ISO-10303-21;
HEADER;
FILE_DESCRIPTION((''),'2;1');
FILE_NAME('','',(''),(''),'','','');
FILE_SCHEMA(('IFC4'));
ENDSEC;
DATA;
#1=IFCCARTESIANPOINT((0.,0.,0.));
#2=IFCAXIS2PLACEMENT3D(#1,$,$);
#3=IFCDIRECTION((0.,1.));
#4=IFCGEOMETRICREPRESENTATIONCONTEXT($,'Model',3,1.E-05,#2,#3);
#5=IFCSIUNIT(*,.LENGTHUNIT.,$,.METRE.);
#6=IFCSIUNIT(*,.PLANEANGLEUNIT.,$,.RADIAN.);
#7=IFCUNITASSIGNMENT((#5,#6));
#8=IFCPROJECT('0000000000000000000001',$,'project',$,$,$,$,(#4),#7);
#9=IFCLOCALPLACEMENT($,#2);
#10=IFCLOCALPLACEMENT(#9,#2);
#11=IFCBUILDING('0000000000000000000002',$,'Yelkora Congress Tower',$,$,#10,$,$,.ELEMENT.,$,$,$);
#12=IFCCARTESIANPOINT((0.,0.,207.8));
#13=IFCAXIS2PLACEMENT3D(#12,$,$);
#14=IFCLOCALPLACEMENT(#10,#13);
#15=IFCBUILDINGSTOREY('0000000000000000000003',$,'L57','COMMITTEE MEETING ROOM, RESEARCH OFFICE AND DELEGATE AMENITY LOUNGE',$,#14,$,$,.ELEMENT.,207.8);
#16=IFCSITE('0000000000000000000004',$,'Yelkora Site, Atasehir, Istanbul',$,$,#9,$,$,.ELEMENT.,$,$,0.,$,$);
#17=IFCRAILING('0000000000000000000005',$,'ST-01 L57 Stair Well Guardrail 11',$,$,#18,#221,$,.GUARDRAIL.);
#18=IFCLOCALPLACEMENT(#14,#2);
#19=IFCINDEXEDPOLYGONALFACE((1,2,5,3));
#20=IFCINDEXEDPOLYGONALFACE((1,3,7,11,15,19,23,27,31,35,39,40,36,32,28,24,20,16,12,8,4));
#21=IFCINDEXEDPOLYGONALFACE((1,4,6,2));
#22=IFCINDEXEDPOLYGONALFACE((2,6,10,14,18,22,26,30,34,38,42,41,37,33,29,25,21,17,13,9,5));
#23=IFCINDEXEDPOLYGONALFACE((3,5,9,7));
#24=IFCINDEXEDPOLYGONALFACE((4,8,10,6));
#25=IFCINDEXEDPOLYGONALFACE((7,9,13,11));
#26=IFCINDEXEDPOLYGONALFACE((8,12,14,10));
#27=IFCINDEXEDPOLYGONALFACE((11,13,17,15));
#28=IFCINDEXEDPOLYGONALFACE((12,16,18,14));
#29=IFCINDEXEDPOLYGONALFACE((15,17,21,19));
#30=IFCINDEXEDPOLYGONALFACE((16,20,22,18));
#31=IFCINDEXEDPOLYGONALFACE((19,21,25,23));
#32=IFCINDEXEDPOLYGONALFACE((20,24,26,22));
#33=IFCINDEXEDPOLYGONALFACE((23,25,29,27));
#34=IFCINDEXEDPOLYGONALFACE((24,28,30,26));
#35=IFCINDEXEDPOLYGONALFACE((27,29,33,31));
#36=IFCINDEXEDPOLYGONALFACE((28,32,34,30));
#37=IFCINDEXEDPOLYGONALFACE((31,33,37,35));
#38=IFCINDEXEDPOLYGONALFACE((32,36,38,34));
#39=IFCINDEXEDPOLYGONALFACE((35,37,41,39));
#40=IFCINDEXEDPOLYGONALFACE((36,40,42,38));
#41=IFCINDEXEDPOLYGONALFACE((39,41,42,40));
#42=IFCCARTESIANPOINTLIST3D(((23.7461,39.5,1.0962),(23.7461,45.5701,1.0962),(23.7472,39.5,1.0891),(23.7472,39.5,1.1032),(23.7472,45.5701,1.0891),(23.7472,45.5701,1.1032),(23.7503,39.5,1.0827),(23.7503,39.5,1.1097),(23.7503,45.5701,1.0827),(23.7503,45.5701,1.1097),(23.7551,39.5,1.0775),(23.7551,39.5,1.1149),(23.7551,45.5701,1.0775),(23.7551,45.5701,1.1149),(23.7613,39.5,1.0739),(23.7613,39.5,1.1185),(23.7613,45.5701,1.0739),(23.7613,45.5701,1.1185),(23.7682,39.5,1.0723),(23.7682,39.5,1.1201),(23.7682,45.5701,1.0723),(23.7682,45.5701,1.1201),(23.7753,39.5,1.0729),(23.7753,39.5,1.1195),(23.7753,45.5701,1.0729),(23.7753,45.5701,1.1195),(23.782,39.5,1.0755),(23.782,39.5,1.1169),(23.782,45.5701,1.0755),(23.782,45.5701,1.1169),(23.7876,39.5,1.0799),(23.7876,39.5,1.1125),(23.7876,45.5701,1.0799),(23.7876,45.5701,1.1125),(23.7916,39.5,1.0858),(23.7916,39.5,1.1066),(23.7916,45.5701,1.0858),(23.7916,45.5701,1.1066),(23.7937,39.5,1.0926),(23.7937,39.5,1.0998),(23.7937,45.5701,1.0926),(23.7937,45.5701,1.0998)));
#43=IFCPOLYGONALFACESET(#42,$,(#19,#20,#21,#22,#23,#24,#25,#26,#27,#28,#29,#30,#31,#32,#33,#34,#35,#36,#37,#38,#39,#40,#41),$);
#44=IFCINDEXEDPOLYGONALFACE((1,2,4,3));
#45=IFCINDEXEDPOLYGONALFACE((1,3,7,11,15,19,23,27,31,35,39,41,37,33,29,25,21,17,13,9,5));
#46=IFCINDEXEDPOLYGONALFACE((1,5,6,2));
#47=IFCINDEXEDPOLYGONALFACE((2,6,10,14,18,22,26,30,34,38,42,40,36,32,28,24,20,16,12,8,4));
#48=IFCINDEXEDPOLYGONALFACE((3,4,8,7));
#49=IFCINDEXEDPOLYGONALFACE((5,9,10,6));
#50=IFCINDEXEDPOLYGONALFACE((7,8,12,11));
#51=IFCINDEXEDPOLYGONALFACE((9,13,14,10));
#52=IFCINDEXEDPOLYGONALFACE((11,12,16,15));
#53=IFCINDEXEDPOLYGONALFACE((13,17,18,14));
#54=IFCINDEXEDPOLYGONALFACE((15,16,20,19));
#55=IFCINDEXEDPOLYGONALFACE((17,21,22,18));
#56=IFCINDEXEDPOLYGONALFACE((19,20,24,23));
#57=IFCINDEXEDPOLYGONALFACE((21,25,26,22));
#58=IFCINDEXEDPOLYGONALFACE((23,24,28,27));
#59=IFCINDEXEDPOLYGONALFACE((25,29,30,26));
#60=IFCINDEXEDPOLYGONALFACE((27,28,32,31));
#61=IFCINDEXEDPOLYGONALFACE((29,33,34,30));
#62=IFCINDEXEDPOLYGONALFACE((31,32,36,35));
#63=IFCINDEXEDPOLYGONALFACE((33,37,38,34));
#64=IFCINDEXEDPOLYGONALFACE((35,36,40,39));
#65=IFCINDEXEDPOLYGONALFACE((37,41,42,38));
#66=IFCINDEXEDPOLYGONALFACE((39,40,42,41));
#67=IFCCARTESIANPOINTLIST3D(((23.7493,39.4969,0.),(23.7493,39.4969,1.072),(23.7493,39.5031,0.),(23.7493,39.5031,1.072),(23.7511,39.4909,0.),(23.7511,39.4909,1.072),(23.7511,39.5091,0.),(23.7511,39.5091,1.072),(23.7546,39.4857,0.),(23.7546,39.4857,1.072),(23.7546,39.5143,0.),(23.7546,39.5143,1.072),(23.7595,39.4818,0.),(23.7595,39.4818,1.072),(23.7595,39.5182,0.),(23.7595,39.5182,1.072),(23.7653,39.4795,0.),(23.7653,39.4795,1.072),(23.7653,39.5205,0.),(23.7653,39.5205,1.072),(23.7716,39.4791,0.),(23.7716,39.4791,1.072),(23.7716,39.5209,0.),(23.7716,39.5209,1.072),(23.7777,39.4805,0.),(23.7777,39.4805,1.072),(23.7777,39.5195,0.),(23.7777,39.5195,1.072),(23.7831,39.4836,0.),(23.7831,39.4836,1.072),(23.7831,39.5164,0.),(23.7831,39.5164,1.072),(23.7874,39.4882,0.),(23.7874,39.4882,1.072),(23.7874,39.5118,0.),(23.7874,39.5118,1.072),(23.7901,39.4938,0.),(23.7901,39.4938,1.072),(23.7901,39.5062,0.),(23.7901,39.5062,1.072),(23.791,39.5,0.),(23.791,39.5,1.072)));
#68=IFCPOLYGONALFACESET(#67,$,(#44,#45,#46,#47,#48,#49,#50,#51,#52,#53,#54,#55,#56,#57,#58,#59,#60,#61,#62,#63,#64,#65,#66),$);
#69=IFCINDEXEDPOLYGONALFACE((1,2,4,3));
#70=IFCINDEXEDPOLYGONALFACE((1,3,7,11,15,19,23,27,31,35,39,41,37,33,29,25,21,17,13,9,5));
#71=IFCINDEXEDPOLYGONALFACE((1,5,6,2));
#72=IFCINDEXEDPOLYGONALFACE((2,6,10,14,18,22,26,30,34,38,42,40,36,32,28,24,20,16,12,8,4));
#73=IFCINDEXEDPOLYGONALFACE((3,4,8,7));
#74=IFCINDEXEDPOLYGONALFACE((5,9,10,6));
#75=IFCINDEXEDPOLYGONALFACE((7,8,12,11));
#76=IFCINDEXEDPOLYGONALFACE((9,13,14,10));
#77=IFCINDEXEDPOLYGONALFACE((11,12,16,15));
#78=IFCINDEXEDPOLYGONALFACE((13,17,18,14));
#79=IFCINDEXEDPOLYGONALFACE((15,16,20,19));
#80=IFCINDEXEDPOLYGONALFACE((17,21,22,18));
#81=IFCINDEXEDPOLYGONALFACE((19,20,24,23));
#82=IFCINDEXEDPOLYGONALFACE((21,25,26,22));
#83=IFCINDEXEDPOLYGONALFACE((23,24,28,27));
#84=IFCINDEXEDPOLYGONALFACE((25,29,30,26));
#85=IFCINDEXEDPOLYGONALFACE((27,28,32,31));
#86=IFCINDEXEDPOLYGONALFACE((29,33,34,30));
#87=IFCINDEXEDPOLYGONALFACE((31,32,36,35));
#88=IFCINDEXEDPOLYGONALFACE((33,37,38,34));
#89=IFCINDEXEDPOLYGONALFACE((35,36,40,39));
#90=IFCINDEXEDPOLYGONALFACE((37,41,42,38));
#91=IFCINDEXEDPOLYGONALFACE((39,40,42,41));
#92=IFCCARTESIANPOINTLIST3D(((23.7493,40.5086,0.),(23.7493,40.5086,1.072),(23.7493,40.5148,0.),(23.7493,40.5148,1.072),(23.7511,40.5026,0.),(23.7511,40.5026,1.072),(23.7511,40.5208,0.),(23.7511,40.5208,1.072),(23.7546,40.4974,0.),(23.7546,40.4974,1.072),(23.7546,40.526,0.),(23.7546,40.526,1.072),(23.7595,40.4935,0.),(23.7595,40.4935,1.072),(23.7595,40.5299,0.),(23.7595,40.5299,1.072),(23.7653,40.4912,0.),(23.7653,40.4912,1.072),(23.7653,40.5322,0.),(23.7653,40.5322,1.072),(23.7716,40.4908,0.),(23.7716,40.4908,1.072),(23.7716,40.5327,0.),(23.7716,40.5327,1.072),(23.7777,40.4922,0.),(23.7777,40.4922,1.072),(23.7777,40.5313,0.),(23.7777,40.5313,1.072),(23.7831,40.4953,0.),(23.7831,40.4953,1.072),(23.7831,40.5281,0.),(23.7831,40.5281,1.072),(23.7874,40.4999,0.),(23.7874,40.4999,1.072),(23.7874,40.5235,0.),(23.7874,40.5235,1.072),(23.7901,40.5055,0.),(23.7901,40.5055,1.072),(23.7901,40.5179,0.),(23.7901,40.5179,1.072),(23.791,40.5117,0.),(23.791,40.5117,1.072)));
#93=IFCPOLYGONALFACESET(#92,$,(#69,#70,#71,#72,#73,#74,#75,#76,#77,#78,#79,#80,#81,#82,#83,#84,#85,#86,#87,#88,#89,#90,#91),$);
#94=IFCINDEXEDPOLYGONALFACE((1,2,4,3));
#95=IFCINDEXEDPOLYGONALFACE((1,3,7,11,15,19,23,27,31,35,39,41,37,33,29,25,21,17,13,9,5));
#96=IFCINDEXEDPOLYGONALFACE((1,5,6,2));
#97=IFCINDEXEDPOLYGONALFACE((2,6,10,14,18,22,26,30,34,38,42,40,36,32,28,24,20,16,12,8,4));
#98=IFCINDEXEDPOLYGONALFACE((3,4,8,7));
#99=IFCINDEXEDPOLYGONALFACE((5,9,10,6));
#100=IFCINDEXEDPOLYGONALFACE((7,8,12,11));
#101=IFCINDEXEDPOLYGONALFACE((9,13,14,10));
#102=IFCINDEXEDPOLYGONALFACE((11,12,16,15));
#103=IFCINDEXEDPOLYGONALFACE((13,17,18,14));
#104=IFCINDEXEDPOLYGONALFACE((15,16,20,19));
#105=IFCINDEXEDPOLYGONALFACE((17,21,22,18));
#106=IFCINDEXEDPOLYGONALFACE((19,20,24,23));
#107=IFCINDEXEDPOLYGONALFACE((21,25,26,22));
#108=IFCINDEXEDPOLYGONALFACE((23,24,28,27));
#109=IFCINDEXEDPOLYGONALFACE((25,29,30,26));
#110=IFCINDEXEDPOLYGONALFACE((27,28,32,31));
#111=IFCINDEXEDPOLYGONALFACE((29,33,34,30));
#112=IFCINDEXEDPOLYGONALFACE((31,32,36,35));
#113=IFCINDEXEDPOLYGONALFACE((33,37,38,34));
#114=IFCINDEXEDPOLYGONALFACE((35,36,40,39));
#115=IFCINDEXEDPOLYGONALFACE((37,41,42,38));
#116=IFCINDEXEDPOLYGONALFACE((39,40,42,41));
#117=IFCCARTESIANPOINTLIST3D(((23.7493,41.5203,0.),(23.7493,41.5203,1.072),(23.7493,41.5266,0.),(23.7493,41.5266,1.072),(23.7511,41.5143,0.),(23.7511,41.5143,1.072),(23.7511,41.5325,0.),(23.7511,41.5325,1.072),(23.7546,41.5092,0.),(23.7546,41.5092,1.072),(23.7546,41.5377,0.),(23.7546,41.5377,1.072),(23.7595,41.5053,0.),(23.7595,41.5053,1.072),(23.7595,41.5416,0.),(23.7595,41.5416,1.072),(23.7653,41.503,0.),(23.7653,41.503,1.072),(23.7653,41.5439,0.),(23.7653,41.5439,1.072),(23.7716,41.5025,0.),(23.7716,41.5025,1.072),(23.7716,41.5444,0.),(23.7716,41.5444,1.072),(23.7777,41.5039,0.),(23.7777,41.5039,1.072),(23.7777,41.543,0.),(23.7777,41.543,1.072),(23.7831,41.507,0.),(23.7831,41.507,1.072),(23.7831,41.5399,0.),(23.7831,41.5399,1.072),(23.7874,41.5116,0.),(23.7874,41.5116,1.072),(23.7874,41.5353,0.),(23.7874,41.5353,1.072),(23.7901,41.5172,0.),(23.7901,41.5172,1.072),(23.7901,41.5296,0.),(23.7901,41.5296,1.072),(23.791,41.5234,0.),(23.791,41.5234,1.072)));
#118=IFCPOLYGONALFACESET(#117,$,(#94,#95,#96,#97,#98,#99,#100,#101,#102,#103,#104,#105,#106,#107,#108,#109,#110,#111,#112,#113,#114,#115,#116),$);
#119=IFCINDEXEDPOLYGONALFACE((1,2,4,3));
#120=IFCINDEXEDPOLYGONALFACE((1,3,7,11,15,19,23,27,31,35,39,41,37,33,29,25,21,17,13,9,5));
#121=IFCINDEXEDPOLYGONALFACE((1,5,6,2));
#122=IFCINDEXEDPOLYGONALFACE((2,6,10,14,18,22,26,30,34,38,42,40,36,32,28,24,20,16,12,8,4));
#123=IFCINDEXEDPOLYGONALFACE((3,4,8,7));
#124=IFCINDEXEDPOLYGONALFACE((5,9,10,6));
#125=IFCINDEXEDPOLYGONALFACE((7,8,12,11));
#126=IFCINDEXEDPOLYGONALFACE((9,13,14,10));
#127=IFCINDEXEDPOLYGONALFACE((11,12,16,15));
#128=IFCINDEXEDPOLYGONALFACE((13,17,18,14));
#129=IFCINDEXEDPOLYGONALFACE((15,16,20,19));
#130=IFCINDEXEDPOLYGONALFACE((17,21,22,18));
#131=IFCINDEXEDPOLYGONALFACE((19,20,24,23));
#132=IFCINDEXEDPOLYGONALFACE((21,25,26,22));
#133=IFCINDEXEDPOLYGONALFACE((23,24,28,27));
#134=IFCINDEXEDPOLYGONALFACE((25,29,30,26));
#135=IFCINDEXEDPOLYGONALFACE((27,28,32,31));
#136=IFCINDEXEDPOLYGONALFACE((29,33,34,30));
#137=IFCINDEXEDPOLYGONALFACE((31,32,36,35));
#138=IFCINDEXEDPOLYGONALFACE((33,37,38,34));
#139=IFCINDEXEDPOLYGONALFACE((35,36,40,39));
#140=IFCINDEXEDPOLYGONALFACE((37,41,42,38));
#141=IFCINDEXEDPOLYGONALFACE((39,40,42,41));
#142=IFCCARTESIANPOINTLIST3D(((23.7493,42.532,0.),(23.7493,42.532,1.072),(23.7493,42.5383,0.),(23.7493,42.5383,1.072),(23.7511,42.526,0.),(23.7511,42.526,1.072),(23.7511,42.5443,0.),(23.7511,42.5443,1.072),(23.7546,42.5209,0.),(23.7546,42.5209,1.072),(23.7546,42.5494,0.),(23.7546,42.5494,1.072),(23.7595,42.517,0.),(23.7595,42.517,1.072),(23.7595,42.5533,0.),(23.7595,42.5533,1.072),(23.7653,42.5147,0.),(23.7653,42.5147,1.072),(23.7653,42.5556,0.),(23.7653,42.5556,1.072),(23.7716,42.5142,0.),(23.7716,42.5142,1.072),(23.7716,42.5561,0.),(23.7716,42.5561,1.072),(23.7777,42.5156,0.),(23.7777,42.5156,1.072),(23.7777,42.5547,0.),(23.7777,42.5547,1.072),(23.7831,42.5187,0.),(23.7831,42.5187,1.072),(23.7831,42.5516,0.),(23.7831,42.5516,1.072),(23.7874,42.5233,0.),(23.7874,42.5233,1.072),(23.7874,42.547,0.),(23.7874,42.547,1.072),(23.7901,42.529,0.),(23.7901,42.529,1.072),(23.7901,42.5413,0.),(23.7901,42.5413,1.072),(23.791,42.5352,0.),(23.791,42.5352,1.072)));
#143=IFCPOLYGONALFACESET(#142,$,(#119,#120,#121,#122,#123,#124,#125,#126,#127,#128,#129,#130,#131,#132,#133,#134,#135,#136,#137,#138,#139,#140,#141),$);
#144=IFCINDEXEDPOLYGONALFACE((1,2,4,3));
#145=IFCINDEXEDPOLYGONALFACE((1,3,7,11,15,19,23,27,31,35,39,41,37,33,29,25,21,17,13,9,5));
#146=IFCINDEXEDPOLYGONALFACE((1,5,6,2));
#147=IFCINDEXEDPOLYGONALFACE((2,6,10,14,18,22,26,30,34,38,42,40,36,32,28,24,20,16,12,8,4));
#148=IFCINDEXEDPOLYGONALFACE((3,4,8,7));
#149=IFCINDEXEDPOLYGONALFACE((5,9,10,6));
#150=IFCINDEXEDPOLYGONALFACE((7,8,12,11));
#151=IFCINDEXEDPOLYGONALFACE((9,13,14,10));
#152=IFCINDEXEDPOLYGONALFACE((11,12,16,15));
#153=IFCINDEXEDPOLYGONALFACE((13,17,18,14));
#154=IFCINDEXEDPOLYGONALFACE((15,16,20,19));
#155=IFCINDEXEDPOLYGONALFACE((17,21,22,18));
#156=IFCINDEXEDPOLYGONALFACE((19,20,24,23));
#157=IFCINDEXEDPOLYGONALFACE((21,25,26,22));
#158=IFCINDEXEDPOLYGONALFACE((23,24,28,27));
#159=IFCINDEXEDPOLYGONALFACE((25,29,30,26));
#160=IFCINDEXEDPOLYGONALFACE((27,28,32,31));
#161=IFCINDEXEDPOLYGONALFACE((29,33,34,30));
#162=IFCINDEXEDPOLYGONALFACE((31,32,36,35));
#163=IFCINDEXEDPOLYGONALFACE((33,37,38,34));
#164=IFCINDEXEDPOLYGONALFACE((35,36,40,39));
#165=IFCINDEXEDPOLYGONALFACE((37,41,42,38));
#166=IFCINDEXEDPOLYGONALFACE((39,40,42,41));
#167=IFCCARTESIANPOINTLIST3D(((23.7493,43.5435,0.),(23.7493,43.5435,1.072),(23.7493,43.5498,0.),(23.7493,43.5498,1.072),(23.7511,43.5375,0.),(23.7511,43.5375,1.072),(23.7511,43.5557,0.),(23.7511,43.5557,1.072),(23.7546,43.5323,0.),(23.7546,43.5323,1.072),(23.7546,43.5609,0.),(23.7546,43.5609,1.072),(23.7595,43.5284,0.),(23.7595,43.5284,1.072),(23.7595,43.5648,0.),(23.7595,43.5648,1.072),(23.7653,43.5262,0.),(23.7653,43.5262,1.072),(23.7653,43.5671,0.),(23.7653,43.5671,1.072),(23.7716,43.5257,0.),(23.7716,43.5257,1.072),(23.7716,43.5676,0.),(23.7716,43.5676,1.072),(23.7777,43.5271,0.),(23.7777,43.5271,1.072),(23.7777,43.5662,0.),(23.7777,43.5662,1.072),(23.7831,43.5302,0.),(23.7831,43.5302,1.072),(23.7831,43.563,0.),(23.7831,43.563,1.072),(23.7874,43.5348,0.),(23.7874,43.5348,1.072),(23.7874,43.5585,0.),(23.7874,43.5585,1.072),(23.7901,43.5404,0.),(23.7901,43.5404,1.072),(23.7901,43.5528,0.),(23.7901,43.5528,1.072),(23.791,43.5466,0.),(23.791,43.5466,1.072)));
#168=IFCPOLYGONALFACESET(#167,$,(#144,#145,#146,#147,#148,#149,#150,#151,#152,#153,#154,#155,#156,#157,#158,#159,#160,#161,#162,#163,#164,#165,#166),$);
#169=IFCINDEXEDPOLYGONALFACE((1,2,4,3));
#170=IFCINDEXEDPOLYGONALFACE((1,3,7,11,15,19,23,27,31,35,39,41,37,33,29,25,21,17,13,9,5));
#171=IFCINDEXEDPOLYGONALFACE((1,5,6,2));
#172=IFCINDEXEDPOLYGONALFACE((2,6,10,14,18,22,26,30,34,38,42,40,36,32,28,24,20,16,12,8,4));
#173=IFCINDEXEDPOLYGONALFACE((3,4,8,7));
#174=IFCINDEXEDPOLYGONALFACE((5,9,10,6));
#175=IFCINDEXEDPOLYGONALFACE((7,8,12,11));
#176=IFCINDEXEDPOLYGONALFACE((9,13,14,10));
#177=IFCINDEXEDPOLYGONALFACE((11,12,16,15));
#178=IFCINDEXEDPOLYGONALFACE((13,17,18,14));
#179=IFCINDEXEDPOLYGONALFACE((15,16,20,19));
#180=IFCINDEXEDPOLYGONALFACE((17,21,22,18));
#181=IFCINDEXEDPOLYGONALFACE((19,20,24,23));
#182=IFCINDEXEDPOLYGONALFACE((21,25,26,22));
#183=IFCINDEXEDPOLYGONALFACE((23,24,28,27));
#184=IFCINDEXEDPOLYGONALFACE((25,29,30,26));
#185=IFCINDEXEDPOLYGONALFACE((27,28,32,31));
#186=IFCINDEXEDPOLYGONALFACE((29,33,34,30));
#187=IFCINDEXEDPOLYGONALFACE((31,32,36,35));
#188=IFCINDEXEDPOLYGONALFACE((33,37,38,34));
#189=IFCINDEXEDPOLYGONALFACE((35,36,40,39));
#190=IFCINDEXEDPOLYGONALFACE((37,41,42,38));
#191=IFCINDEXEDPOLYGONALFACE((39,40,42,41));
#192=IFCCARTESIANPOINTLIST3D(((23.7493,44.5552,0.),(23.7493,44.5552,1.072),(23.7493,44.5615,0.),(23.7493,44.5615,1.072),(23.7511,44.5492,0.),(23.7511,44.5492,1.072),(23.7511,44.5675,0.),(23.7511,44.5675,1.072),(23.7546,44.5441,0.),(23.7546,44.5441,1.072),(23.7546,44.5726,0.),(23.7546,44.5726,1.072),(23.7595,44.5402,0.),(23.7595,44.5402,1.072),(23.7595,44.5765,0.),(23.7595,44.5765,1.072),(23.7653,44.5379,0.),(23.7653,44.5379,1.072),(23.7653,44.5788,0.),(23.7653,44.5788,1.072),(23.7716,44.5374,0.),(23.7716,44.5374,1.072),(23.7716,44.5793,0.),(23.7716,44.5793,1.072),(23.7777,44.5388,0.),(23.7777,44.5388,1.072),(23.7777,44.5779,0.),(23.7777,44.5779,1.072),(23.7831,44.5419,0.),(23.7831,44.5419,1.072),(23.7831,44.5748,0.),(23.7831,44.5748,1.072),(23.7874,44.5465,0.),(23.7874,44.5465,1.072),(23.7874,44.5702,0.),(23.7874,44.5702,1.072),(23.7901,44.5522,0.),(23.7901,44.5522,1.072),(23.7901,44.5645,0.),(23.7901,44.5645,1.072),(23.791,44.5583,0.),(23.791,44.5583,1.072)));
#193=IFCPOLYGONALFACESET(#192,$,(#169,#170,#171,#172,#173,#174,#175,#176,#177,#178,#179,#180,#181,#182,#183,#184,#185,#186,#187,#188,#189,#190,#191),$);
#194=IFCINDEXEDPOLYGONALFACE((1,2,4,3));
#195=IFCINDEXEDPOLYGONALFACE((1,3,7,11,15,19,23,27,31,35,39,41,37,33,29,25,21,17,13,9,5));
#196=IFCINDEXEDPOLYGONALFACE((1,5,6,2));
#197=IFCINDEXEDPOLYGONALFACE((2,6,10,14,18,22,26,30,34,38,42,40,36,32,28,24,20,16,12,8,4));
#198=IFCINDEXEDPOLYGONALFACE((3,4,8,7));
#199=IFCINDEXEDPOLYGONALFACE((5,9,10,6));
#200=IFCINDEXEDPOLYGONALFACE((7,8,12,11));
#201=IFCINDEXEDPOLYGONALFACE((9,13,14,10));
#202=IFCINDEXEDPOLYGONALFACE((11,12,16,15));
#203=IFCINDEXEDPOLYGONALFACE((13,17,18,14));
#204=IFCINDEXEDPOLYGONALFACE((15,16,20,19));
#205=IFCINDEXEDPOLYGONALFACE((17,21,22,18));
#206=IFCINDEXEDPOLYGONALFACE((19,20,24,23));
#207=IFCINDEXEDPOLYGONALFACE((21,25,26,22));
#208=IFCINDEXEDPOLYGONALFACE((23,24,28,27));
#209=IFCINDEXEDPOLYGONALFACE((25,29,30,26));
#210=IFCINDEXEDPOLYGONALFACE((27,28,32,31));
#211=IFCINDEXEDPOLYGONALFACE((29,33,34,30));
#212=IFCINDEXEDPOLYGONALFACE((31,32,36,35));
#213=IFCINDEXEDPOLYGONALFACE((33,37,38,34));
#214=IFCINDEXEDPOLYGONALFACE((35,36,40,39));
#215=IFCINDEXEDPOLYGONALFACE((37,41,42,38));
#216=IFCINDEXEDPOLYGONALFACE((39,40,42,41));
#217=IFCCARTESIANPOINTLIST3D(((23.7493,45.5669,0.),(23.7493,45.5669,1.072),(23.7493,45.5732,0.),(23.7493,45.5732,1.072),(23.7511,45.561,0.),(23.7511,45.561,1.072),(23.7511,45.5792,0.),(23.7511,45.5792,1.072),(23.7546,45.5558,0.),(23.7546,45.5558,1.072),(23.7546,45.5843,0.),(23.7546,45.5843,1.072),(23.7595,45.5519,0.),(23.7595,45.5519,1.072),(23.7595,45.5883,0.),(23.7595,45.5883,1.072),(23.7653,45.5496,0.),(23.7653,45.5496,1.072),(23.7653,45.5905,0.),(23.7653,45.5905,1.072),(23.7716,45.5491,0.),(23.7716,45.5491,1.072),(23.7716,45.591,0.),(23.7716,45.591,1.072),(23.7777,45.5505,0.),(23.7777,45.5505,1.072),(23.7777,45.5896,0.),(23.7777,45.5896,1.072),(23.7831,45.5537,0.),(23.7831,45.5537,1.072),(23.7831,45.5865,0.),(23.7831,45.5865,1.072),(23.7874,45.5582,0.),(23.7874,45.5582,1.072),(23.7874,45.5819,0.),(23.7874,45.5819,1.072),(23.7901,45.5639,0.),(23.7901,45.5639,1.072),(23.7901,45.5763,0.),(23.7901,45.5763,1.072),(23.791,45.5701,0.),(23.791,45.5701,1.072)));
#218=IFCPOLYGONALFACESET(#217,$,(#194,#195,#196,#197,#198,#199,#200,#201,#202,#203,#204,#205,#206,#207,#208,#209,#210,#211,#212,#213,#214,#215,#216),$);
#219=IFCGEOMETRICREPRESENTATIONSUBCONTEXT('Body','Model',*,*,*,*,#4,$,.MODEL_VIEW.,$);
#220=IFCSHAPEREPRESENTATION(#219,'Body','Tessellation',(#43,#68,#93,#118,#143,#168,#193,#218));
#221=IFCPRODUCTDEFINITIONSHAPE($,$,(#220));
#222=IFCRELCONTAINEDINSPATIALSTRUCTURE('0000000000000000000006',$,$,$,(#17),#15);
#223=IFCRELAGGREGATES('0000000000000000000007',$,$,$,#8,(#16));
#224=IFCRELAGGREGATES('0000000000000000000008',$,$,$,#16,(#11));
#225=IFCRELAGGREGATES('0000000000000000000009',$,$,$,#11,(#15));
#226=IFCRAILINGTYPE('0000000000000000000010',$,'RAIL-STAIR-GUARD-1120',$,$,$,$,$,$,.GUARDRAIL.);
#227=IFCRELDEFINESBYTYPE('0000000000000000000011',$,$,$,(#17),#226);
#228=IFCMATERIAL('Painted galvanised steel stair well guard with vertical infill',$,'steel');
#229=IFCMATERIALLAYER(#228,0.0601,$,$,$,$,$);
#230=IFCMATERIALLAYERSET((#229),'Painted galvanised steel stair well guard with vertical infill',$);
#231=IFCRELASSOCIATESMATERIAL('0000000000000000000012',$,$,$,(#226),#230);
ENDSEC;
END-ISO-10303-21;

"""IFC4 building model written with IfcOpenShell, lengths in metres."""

from ifc_helpers import new_model, si_unit, direction, frame, origin, origin_2d, place, context, subcontext, project, spatial, circle, extrude, material, layer, layer_set, type_object, element, save


model = new_model("IFC4")

# Units and contexts
model_context = context("Model", 3, precision=1e-05, world=origin(), true_north=direction((0.0, 1.0)))
body_context = subcontext(model_context, "Body", "Model", "MODEL_VIEW")
ifc_project = project(units=[si_unit("LENGTHUNIT", "METRE"), si_unit("PLANEANGLEUNIT", "RADIAN")], contexts=[model_context])

# Site, building, storey
site_placement = place(None, origin())
site = spatial("IfcSite", under=ifc_project, at=site_placement, Name="Yelkora Site, Atasehir, Istanbul", CompositionType="ELEMENT", RefElevation=0.0)
building_placement = place(site_placement, origin())
building = spatial("IfcBuilding", under=site, at=building_placement, Name="Yelkora Congress Tower", CompositionType="ELEMENT")
storey_placement = place(building_placement, frame((0.0, 0.0, 207.8)))
storey = spatial("IfcBuildingStorey", under=building, at=storey_placement, Name="L57", Description="COMMITTEE MEETING ROOM, RESEARCH OFFICE AND DELEGATE AMENITY LOUNGE", CompositionType="ELEMENT", Elevation=207.8)

# Railing
ifc_material_1 = material(Name="Painted galvanised steel stair well guard with vertical infill", Category="steel")
ifc_layer_1 = layer(ifc_material_1, 0.0601)
ifc_layer_set_1 = layer_set([ifc_layer_1], Name="Painted galvanised steel stair well guard with vertical infill")
railing_type_1 = type_object("IfcRailingType", Name="RAIL-STAIR-GUARD-1120", PredefinedType="GUARDRAIL", material=ifc_layer_set_1)
railing_1_placement = place(storey_placement, frame((23.77, 39.5, 0.0)))
element("IfcRailing", 1, at=railing_1_placement, inside=storey, type_object=railing_type_1, Name="ST-01 L57 Stair Well Guardrail 11", PredefinedType="GUARDRAIL", context=body_context, shape_type="SweptSolid", body=[
    extrude(circle(Radius=0.0239, at=origin_2d()), frame((0.0, 0.0, 1.0962), z_axis=(0.0, 1.0, 0.0), x_axis=(-1.0, 0.0, 0.0)), (0.0, 0.0, 1.0), 6.0701),
    extrude(circle(Radius=0.021, at=origin_2d()), origin(), (0.0, 0.0, 1.0), 1.072),
    extrude(circle(Radius=0.021, at=origin_2d()), frame((0.0, 1.0117, 0.0)), (0.0, 0.0, 1.0), 1.072),
    extrude(circle(Radius=0.021, at=origin_2d()), frame((0.0, 2.0234, 0.0)), (0.0, 0.0, 1.0), 1.072),
    extrude(circle(Radius=0.021, at=origin_2d()), frame((0.0, 3.0352, 0.0)), (0.0, 0.0, 1.0), 1.072),
    extrude(circle(Radius=0.021, at=origin_2d()), frame((0.0, 4.0466, 0.0)), (0.0, 0.0, 1.0), 1.072),
    extrude(circle(Radius=0.021, at=origin_2d()), frame((0.0, 5.0583, 0.0)), (0.0, 0.0, 1.0), 1.072),
    extrude(circle(Radius=0.021, at=origin_2d()), frame((0.0, 6.0701, 0.0)), (0.0, 0.0, 1.0), 1.072),
])

save(model, "model.ifc")
